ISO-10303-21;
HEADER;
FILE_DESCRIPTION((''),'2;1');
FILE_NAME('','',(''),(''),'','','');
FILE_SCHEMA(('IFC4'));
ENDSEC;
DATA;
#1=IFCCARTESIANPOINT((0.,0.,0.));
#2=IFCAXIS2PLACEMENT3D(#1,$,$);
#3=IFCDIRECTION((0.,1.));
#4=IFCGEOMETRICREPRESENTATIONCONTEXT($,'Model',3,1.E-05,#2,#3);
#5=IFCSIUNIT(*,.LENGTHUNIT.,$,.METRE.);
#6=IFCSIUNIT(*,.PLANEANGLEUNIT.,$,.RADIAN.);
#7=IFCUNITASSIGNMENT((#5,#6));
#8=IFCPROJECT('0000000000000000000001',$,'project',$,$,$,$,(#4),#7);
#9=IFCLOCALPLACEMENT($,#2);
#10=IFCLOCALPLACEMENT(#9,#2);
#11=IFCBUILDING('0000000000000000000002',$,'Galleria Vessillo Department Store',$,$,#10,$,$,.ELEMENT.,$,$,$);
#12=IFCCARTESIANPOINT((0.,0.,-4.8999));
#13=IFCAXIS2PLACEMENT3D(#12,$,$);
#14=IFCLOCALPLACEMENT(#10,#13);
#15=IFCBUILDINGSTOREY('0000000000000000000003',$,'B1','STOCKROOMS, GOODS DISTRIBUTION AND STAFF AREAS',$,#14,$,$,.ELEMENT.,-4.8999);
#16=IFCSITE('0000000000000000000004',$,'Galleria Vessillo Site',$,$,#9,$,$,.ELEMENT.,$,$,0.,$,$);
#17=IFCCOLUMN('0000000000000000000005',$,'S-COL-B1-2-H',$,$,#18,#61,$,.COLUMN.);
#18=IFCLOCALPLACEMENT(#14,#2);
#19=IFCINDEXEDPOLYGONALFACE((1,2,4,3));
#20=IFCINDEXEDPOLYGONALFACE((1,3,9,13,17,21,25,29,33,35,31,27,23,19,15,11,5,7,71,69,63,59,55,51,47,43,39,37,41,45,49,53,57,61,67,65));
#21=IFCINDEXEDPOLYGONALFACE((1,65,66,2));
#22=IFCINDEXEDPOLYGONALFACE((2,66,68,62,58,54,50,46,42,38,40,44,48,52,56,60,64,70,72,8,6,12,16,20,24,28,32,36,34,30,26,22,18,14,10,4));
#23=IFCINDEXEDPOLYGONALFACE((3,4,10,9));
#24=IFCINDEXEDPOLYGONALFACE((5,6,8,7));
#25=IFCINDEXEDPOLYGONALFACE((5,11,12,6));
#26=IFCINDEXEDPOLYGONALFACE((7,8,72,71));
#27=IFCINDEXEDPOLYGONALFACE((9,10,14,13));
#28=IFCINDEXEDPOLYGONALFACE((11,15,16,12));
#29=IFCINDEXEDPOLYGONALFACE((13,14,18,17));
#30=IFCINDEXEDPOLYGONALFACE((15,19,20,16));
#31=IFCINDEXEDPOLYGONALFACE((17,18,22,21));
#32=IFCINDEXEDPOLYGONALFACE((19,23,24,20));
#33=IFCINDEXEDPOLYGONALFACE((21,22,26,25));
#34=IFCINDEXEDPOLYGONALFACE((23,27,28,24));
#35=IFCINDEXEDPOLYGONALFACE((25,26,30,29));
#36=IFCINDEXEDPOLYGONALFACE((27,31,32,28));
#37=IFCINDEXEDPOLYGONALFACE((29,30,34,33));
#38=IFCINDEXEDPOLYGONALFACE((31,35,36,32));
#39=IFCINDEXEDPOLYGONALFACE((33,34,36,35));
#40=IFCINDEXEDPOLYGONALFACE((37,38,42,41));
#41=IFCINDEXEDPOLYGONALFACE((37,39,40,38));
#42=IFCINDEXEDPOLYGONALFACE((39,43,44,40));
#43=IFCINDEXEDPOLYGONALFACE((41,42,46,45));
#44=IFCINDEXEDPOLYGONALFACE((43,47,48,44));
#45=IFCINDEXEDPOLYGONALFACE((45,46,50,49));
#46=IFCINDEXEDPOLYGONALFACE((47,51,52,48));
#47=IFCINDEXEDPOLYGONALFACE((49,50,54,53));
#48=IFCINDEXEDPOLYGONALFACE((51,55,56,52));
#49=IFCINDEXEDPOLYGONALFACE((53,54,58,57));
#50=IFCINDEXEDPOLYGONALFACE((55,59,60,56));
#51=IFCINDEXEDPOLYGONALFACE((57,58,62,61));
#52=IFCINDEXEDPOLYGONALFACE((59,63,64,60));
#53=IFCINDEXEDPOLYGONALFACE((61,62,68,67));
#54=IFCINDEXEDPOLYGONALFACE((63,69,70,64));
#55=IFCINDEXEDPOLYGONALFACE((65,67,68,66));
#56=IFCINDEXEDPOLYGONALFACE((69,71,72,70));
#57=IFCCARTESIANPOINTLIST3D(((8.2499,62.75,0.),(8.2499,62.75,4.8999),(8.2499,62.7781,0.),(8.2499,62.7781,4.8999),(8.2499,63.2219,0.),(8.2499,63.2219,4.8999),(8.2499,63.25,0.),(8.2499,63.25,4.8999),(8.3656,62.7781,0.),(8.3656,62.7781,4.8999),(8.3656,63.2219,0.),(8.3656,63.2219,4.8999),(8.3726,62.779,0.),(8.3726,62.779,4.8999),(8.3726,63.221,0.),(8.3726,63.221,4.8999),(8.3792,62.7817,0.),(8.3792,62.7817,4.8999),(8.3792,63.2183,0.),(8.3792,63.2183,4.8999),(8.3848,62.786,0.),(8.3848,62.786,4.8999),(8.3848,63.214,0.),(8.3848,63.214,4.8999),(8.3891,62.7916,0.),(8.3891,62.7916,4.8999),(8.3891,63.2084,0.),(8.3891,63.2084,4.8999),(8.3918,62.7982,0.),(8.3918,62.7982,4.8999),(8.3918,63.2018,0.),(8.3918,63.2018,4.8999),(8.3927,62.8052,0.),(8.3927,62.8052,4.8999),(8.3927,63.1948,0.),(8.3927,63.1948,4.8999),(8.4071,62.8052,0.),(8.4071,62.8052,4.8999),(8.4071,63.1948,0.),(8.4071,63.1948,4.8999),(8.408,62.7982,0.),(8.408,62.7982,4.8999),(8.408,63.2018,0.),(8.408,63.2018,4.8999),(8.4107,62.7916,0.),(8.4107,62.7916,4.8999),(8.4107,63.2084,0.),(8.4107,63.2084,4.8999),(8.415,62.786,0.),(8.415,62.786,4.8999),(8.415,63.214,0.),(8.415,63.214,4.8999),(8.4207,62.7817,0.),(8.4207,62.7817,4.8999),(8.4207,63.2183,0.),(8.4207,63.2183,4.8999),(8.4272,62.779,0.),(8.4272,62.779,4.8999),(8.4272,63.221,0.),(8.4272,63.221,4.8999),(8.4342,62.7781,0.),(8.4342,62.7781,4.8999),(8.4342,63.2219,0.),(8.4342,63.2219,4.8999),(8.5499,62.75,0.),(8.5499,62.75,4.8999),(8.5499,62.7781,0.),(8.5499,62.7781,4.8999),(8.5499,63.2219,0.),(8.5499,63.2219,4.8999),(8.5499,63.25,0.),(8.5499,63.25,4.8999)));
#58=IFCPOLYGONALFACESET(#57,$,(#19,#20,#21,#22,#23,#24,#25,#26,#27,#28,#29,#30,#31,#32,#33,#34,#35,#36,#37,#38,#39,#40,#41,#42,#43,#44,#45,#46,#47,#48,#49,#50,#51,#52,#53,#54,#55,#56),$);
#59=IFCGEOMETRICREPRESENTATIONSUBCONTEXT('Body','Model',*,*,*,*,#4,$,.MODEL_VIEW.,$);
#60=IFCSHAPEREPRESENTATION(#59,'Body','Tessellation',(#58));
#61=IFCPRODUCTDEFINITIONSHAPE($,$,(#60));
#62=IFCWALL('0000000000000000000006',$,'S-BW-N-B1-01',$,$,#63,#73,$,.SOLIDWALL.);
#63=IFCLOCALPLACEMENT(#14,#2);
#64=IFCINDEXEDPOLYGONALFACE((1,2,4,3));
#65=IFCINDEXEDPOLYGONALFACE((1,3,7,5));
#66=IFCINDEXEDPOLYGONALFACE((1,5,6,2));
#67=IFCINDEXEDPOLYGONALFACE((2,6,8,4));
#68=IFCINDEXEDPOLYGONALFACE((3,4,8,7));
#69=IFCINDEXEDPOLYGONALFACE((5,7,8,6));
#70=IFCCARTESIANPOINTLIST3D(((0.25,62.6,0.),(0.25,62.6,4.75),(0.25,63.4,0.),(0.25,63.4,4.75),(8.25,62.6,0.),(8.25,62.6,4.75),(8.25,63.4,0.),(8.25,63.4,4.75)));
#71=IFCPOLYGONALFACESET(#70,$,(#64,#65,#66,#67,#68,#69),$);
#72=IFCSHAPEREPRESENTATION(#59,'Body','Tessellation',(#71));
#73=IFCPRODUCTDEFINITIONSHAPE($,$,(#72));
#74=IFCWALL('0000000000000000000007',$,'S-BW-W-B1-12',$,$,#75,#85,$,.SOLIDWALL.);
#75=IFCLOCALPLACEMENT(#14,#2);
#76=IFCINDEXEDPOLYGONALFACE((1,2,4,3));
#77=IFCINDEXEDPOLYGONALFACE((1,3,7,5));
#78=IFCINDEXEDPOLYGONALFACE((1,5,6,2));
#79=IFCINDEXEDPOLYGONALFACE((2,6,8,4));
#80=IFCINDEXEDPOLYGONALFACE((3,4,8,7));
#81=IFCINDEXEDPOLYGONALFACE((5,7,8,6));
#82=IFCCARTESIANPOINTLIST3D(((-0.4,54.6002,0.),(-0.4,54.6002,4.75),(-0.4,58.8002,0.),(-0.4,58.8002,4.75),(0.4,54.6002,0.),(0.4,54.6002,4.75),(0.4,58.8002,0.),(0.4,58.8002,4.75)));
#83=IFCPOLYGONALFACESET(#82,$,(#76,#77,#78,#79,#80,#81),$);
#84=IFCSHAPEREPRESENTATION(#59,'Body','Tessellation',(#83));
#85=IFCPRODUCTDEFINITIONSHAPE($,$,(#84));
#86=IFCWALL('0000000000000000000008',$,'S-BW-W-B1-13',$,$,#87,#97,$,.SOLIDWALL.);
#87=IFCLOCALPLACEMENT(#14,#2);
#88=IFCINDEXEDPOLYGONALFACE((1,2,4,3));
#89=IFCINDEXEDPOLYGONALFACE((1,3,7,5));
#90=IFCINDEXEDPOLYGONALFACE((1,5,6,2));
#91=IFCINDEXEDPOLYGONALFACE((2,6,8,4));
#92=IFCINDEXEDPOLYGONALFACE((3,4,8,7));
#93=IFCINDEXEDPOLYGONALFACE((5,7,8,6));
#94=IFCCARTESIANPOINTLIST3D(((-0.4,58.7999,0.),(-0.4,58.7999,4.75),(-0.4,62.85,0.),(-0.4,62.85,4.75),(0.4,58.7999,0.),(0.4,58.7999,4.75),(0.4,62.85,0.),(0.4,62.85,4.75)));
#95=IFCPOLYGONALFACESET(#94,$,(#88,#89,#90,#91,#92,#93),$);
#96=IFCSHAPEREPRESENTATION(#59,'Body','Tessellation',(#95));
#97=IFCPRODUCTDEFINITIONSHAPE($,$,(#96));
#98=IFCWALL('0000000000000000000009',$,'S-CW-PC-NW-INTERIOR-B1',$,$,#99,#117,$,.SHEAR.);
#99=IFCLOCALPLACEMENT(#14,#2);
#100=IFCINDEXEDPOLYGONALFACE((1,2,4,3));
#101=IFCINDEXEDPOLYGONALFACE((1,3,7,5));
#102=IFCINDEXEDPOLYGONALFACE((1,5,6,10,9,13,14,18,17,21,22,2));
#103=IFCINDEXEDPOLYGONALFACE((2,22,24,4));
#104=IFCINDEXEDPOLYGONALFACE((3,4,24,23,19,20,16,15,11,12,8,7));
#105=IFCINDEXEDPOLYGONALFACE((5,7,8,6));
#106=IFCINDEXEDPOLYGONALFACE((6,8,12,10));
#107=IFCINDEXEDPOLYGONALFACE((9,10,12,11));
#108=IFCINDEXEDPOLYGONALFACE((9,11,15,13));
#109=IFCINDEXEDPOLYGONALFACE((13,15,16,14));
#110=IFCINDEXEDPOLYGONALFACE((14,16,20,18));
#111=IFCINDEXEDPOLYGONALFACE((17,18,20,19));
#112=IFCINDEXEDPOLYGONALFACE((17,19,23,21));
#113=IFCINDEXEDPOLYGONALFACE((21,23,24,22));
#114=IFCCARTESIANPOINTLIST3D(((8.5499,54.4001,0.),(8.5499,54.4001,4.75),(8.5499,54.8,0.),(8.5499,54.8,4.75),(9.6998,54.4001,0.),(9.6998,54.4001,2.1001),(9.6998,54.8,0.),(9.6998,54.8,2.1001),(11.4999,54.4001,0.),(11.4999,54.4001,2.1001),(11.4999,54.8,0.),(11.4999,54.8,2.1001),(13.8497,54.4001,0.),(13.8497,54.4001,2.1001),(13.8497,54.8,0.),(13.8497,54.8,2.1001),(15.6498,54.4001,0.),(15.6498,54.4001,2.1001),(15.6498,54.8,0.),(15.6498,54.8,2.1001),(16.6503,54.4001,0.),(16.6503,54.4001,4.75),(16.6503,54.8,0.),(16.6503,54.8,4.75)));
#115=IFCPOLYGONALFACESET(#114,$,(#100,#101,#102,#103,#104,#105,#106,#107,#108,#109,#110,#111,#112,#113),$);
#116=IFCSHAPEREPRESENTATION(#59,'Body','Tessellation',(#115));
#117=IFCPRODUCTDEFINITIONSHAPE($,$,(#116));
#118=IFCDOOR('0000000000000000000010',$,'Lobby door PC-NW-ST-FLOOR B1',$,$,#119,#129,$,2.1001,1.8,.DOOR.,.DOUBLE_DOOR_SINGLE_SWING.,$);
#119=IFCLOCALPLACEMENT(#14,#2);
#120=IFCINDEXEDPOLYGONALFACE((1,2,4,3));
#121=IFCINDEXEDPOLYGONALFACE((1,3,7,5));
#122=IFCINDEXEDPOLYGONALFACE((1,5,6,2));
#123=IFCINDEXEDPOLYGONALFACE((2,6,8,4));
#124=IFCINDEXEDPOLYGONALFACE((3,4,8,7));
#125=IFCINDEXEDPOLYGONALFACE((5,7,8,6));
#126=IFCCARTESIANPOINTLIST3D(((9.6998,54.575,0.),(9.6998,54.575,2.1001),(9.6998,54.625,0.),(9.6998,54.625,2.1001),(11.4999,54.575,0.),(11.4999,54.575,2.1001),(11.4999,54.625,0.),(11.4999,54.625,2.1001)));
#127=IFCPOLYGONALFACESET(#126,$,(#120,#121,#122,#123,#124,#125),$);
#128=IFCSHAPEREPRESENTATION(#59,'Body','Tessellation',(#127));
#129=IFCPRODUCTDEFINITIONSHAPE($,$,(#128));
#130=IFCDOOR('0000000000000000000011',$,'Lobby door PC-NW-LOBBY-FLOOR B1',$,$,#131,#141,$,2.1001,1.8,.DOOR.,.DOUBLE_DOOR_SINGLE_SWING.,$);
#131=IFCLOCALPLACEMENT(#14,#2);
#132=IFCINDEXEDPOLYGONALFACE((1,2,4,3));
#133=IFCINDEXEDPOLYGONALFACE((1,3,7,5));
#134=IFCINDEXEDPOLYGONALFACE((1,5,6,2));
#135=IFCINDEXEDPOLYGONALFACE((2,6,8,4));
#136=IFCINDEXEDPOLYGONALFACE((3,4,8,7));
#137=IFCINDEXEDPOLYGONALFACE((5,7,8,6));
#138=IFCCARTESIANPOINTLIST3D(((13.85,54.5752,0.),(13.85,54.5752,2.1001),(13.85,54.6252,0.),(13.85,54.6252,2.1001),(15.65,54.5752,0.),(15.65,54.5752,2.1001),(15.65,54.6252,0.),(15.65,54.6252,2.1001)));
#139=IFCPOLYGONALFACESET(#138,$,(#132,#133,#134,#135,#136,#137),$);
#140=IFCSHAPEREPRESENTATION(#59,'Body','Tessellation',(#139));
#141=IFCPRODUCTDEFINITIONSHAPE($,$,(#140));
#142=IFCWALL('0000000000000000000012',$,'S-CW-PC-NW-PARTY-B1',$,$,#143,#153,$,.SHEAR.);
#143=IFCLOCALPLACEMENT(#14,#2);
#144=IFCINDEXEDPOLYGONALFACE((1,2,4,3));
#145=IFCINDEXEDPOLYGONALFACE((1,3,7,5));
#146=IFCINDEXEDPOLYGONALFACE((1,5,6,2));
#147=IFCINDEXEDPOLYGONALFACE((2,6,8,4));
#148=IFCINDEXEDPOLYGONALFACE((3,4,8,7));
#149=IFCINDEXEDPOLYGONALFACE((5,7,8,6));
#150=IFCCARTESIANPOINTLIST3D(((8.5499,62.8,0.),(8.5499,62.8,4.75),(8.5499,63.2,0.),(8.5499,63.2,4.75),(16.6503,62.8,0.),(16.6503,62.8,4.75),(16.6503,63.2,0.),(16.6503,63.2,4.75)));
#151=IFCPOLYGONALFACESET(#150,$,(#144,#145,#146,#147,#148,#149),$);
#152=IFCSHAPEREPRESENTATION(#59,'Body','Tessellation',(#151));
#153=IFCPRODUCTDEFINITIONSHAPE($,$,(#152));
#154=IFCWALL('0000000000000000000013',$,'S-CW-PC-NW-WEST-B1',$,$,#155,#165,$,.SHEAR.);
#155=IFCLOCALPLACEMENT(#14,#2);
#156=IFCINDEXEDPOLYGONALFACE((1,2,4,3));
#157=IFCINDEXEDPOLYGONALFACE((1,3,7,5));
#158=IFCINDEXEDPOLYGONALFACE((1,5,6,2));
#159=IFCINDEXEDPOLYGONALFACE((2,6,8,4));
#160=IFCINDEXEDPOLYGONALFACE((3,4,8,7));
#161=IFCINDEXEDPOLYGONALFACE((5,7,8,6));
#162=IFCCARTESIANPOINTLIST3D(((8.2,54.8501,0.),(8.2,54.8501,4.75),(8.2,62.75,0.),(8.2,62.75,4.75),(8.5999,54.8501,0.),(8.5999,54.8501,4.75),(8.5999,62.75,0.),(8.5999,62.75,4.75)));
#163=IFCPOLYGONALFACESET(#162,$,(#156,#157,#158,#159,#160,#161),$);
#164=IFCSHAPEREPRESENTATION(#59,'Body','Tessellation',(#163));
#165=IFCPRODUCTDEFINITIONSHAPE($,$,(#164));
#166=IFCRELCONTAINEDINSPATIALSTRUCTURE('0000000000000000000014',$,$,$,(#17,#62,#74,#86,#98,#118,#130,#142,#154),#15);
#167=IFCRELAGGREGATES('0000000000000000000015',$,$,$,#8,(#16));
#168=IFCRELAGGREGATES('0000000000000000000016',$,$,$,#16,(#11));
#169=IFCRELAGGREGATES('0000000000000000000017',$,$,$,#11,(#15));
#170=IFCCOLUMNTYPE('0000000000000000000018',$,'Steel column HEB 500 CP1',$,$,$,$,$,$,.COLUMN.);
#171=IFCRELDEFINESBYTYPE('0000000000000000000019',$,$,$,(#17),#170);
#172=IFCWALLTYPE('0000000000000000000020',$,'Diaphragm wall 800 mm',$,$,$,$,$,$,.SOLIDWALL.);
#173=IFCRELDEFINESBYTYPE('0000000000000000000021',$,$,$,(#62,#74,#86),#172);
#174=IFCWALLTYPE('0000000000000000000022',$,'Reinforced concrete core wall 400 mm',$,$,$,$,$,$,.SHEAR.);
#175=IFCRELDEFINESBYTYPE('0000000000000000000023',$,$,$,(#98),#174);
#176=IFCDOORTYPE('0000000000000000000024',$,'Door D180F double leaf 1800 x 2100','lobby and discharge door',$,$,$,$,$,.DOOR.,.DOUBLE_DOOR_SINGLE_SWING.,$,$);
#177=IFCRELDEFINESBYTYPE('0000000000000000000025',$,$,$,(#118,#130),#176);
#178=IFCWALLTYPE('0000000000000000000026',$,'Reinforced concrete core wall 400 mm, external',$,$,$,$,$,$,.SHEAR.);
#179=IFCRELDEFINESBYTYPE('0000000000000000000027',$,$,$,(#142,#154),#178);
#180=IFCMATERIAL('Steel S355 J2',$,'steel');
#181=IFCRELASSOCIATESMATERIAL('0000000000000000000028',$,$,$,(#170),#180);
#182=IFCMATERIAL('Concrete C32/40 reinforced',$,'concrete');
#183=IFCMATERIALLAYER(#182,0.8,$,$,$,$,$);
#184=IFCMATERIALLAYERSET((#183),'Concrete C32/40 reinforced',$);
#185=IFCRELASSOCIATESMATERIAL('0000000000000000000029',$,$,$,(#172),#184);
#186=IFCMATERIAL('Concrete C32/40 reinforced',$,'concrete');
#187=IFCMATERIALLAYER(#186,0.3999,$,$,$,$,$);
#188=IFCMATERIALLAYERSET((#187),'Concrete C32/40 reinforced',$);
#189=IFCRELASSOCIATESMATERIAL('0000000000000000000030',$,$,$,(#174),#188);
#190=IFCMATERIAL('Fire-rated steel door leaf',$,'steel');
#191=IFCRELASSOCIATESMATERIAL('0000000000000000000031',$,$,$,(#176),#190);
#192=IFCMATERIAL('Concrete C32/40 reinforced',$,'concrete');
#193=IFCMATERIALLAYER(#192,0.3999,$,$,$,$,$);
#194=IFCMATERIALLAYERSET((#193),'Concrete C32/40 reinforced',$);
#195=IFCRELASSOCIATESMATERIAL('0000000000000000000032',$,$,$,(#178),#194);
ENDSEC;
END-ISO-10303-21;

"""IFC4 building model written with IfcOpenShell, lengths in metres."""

from ifc_helpers import new_model, si_unit, direction, frame, frame_2d, origin, origin_2d, place, context, subcontext, project, spatial, rectangle, i_section, extrude, material, layer, layer_set, material_profile, profile_set, type_object, element, fill, save


model = new_model("IFC4")

# Units and contexts
model_context = context("Model", 3, precision=1e-05, world=origin(), true_north=direction((0.0, 1.0)))
body_context = subcontext(model_context, "Body", "Model", "MODEL_VIEW")
ifc_project = project(units=[si_unit("LENGTHUNIT", "METRE"), si_unit("PLANEANGLEUNIT", "RADIAN")], contexts=[model_context])

# Site, building, storey
site_placement = place(None, origin())
site = spatial("IfcSite", under=ifc_project, at=site_placement, Name="Galleria Vessillo Site", CompositionType="ELEMENT", RefElevation=0.0)
building_placement = place(site_placement, origin())
building = spatial("IfcBuilding", under=site, at=building_placement, Name="Galleria Vessillo Department Store", CompositionType="ELEMENT")
storey_placement = place(building_placement, frame((0.0, 0.0, -4.8999)))
storey = spatial("IfcBuildingStorey", under=building, at=storey_placement, Name="B1", Description="STOCKROOMS, GOODS DISTRIBUTION AND STAFF AREAS", CompositionType="ELEMENT", Elevation=-4.8999)

# Column
ifc_material_1 = material(Name="Steel S355 J2", Category="steel")
ifc_material_profile = material_profile(ifc_material_1, i_section(OverallWidth=0.3, OverallDepth=0.5, WebThickness=0.0144, FlangeThickness=0.0281, FilletRadius=0.0271, at=origin_2d()), Name="HEB 500")
ifc_profile_set = profile_set([ifc_material_profile], Name="Steel S355 J2")
column_type = type_object("IfcColumnType", Name="Steel column HEB 500 CP1", PredefinedType="COLUMN", material=ifc_profile_set)
for number, where, z_axis, x_axis, name in (
    (1, (8.3999, 63.0, 0.0), (0.0, 0.0, 1.0), (1.0, 0.0, 0.0), "S-COL-B1-2-H"),
):
    element("IfcColumn", number, at=place(storey_placement, frame(where, z_axis=z_axis, x_axis=x_axis)), inside=storey, type_object=column_type, Name=name, PredefinedType="COLUMN", context=body_context, shape_type="SweptSolid", body=[
        extrude(i_section(OverallWidth=0.3, OverallDepth=0.5, WebThickness=0.0144, FlangeThickness=0.0281, FilletRadius=0.0271, at=origin_2d()), origin(), (0.0, 0.0, 1.0), 4.8999),
    ])

# Walls
ifc_material_2 = material(Name="Concrete C32/40 reinforced", Category="concrete")
ifc_layer_1 = layer(ifc_material_2, 0.8)
ifc_layer_set_1 = layer_set([ifc_layer_1], Name="Concrete C32/40 reinforced")
wall_type_1 = type_object("IfcWallType", Name="Diaphragm wall 800 mm", PredefinedType="SOLIDWALL", material=ifc_layer_set_1)
wall_1_placement = place(storey_placement, frame((0.25, 63.0, 0.0), z_axis=(0.0, 0.0, 1.0), x_axis=(1.0, 0.0, 0.0)))
element("IfcWall", 2, at=wall_1_placement, inside=storey, type_object=wall_type_1, Name="S-BW-N-B1-01", PredefinedType="SOLIDWALL", context=body_context, shape_type="SweptSolid", body=[
    extrude(rectangle(XDim=8.0, YDim=0.8, at=frame_2d((4.0, 0.0))), origin(), (0.0, 0.0, 1.0), 4.75),
])
wall_2_placement = place(storey_placement, frame((0.0, 54.6001, 0.0), z_axis=(0.0, 0.0, 1.0), x_axis=(0.0, 1.0, 0.0)))
element("IfcWall", 3, at=wall_2_placement, inside=storey, type_object=wall_type_1, Name="S-BW-W-B1-12", PredefinedType="SOLIDWALL", context=body_context, shape_type="SweptSolid", body=[
    extrude(rectangle(XDim=4.2, YDim=0.8, at=frame_2d((2.1001, 0.0))), origin(), (0.0, 0.0, 1.0), 4.75),
])
wall_3_placement = place(storey_placement, frame((0.0, 58.8, 0.0), z_axis=(0.0, 0.0, 1.0), x_axis=(0.0, 1.0, 0.0)))
element("IfcWall", 4, at=wall_3_placement, inside=storey, type_object=wall_type_1, Name="S-BW-W-B1-13", PredefinedType="SOLIDWALL", context=body_context, shape_type="SweptSolid", body=[
    extrude(rectangle(XDim=4.05, YDim=0.8, at=frame_2d((2.0249, 0.0))), origin(), (0.0, 0.0, 1.0), 4.75),
])

# Wall, openings, doors
ifc_material_3 = material(Name="Concrete C32/40 reinforced", Category="concrete")
ifc_layer_2 = layer(ifc_material_3, 0.3999)
ifc_layer_set_2 = layer_set([ifc_layer_2], Name="Concrete C32/40 reinforced")
wall_type_2 = type_object("IfcWallType", Name="Reinforced concrete core wall 400 mm", PredefinedType="SHEAR", material=ifc_layer_set_2)
wall_4_placement = place(storey_placement, frame((8.5498, 54.6001, 0.0), z_axis=(0.0, 0.0, 1.0), x_axis=(1.0, 0.0, 0.0)))
wall_4 = element("IfcWall", 5, at=wall_4_placement, inside=storey, type_object=wall_type_2, Name="S-CW-PC-NW-INTERIOR-B1", PredefinedType="SHEAR", context=body_context, shape_type="SweptSolid", body=[
    extrude(rectangle(XDim=8.1003, YDim=0.3999, at=frame_2d((4.0503, 0.0))), origin(), (0.0, 0.0, 1.0), 4.75),
])
opening_1_placement = place(wall_4_placement, frame((1.1501, 0.0, 0.0)))
opening_1 = element("IfcOpeningElement", 6, at=opening_1_placement, cuts=wall_4, PredefinedType="OPENING", context=body_context, shape_type="SweptSolid", body=[
    extrude(rectangle(XDim=1.8, YDim=2.1001, at=frame_2d((0.8999, 1.05))), frame((0.0, 0.21, 0.0), z_axis=(0.0, -1.0, 0.0), x_axis=(1.0, 0.0, 0.0)), (0.0, 0.0, 1.0), 0.4199),
])
opening_2_placement = place(wall_4_placement, frame((5.3, 0.0, 0.0)))
opening_2 = element("IfcOpeningElement", 7, at=opening_2_placement, cuts=wall_4, PredefinedType="OPENING", context=body_context, shape_type="SweptSolid", body=[
    extrude(rectangle(XDim=1.8, YDim=2.1001, at=frame_2d((0.8999, 1.05))), frame((0.0, 0.21, 0.0), z_axis=(0.0, -1.0, 0.0), x_axis=(1.0, 0.0, 0.0)), (0.0, 0.0, 1.0), 0.4199),
])
ifc_material_4 = material(Name="Fire-rated steel door leaf", Category="steel")
door_type_1 = type_object("IfcDoorType", Name="Door D180F double leaf 1800 x 2100", Description="lobby and discharge door", OperationType="DOUBLE_DOOR_SINGLE_SWING", PredefinedType="DOOR", material=ifc_material_4)
door_1_placement = place(opening_1_placement, origin())
door_1 = element("IfcDoor", 8, at=door_1_placement, inside=storey, type_object=door_type_1, Name="Lobby door PC-NW-ST-FLOOR B1", OperationType="DOUBLE_DOOR_SINGLE_SWING", OverallHeight=2.1001, OverallWidth=1.8, PredefinedType="DOOR", context=body_context, shape_type="SweptSolid", body=[
    extrude(rectangle(XDim=1.8, YDim=2.1001, at=frame_2d((0.8999, 1.05))), frame((0.0, 0.0249, 0.0), z_axis=(0.0, -1.0, 0.0), x_axis=(1.0, 0.0, 0.0)), (0.0, 0.0, 1.0), 0.05),
])
fill(opening_1, door_1)
door_2_placement = place(opening_2_placement, frame((1.8, 0.0, 0.0), z_axis=(0.0, 0.0, 1.0), x_axis=(-1.0, 0.0, 0.0)))
door_2 = element("IfcDoor", 9, at=door_2_placement, inside=storey, type_object=door_type_1, Name="Lobby door PC-NW-LOBBY-FLOOR B1", OperationType="DOUBLE_DOOR_SINGLE_SWING", OverallHeight=2.1001, OverallWidth=1.8, PredefinedType="DOOR", context=body_context, shape_type="SweptSolid", body=[
    extrude(rectangle(XDim=1.8, YDim=2.1001, at=frame_2d((0.8999, 1.05))), frame((0.0, 0.0249, 0.0), z_axis=(0.0, -1.0, 0.0), x_axis=(1.0, 0.0, 0.0)), (0.0, 0.0, 1.0), 0.05),
])
fill(opening_2, door_2)

# Walls
ifc_material_5 = material(Name="Concrete C32/40 reinforced", Category="concrete")
ifc_layer_3 = layer(ifc_material_5, 0.3999)
ifc_layer_set_3 = layer_set([ifc_layer_3], Name="Concrete C32/40 reinforced")
wall_type_3 = type_object("IfcWallType", Name="Reinforced concrete core wall 400 mm, external", PredefinedType="SHEAR", material=ifc_layer_set_3)
wall_5_placement = place(storey_placement, frame((8.5498, 63.0, 0.0), z_axis=(0.0, 0.0, 1.0), x_axis=(1.0, 0.0, 0.0)))
element("IfcWall", 10, at=wall_5_placement, inside=storey, type_object=wall_type_3, Name="S-CW-PC-NW-PARTY-B1", PredefinedType="SHEAR", context=body_context, shape_type="SweptSolid", body=[
    extrude(rectangle(XDim=8.1003, YDim=0.3999, at=frame_2d((4.0503, 0.0))), origin(), (0.0, 0.0, 1.0), 4.75),
])
wall_6_placement = place(storey_placement, frame((8.3999, 54.8501, 0.0), z_axis=(0.0, 0.0, 1.0), x_axis=(0.0, 1.0, 0.0)))
element("IfcWall", 11, at=wall_6_placement, inside=storey, type_object=wall_type_3, Name="S-CW-PC-NW-WEST-B1", PredefinedType="SHEAR", context=body_context, shape_type="SweptSolid", body=[
    extrude(rectangle(XDim=7.8999, YDim=0.3999, at=frame_2d((3.95, 0.0))), origin(), (0.0, 0.0, 1.0), 4.75),
])

save(model, "model.ifc")
